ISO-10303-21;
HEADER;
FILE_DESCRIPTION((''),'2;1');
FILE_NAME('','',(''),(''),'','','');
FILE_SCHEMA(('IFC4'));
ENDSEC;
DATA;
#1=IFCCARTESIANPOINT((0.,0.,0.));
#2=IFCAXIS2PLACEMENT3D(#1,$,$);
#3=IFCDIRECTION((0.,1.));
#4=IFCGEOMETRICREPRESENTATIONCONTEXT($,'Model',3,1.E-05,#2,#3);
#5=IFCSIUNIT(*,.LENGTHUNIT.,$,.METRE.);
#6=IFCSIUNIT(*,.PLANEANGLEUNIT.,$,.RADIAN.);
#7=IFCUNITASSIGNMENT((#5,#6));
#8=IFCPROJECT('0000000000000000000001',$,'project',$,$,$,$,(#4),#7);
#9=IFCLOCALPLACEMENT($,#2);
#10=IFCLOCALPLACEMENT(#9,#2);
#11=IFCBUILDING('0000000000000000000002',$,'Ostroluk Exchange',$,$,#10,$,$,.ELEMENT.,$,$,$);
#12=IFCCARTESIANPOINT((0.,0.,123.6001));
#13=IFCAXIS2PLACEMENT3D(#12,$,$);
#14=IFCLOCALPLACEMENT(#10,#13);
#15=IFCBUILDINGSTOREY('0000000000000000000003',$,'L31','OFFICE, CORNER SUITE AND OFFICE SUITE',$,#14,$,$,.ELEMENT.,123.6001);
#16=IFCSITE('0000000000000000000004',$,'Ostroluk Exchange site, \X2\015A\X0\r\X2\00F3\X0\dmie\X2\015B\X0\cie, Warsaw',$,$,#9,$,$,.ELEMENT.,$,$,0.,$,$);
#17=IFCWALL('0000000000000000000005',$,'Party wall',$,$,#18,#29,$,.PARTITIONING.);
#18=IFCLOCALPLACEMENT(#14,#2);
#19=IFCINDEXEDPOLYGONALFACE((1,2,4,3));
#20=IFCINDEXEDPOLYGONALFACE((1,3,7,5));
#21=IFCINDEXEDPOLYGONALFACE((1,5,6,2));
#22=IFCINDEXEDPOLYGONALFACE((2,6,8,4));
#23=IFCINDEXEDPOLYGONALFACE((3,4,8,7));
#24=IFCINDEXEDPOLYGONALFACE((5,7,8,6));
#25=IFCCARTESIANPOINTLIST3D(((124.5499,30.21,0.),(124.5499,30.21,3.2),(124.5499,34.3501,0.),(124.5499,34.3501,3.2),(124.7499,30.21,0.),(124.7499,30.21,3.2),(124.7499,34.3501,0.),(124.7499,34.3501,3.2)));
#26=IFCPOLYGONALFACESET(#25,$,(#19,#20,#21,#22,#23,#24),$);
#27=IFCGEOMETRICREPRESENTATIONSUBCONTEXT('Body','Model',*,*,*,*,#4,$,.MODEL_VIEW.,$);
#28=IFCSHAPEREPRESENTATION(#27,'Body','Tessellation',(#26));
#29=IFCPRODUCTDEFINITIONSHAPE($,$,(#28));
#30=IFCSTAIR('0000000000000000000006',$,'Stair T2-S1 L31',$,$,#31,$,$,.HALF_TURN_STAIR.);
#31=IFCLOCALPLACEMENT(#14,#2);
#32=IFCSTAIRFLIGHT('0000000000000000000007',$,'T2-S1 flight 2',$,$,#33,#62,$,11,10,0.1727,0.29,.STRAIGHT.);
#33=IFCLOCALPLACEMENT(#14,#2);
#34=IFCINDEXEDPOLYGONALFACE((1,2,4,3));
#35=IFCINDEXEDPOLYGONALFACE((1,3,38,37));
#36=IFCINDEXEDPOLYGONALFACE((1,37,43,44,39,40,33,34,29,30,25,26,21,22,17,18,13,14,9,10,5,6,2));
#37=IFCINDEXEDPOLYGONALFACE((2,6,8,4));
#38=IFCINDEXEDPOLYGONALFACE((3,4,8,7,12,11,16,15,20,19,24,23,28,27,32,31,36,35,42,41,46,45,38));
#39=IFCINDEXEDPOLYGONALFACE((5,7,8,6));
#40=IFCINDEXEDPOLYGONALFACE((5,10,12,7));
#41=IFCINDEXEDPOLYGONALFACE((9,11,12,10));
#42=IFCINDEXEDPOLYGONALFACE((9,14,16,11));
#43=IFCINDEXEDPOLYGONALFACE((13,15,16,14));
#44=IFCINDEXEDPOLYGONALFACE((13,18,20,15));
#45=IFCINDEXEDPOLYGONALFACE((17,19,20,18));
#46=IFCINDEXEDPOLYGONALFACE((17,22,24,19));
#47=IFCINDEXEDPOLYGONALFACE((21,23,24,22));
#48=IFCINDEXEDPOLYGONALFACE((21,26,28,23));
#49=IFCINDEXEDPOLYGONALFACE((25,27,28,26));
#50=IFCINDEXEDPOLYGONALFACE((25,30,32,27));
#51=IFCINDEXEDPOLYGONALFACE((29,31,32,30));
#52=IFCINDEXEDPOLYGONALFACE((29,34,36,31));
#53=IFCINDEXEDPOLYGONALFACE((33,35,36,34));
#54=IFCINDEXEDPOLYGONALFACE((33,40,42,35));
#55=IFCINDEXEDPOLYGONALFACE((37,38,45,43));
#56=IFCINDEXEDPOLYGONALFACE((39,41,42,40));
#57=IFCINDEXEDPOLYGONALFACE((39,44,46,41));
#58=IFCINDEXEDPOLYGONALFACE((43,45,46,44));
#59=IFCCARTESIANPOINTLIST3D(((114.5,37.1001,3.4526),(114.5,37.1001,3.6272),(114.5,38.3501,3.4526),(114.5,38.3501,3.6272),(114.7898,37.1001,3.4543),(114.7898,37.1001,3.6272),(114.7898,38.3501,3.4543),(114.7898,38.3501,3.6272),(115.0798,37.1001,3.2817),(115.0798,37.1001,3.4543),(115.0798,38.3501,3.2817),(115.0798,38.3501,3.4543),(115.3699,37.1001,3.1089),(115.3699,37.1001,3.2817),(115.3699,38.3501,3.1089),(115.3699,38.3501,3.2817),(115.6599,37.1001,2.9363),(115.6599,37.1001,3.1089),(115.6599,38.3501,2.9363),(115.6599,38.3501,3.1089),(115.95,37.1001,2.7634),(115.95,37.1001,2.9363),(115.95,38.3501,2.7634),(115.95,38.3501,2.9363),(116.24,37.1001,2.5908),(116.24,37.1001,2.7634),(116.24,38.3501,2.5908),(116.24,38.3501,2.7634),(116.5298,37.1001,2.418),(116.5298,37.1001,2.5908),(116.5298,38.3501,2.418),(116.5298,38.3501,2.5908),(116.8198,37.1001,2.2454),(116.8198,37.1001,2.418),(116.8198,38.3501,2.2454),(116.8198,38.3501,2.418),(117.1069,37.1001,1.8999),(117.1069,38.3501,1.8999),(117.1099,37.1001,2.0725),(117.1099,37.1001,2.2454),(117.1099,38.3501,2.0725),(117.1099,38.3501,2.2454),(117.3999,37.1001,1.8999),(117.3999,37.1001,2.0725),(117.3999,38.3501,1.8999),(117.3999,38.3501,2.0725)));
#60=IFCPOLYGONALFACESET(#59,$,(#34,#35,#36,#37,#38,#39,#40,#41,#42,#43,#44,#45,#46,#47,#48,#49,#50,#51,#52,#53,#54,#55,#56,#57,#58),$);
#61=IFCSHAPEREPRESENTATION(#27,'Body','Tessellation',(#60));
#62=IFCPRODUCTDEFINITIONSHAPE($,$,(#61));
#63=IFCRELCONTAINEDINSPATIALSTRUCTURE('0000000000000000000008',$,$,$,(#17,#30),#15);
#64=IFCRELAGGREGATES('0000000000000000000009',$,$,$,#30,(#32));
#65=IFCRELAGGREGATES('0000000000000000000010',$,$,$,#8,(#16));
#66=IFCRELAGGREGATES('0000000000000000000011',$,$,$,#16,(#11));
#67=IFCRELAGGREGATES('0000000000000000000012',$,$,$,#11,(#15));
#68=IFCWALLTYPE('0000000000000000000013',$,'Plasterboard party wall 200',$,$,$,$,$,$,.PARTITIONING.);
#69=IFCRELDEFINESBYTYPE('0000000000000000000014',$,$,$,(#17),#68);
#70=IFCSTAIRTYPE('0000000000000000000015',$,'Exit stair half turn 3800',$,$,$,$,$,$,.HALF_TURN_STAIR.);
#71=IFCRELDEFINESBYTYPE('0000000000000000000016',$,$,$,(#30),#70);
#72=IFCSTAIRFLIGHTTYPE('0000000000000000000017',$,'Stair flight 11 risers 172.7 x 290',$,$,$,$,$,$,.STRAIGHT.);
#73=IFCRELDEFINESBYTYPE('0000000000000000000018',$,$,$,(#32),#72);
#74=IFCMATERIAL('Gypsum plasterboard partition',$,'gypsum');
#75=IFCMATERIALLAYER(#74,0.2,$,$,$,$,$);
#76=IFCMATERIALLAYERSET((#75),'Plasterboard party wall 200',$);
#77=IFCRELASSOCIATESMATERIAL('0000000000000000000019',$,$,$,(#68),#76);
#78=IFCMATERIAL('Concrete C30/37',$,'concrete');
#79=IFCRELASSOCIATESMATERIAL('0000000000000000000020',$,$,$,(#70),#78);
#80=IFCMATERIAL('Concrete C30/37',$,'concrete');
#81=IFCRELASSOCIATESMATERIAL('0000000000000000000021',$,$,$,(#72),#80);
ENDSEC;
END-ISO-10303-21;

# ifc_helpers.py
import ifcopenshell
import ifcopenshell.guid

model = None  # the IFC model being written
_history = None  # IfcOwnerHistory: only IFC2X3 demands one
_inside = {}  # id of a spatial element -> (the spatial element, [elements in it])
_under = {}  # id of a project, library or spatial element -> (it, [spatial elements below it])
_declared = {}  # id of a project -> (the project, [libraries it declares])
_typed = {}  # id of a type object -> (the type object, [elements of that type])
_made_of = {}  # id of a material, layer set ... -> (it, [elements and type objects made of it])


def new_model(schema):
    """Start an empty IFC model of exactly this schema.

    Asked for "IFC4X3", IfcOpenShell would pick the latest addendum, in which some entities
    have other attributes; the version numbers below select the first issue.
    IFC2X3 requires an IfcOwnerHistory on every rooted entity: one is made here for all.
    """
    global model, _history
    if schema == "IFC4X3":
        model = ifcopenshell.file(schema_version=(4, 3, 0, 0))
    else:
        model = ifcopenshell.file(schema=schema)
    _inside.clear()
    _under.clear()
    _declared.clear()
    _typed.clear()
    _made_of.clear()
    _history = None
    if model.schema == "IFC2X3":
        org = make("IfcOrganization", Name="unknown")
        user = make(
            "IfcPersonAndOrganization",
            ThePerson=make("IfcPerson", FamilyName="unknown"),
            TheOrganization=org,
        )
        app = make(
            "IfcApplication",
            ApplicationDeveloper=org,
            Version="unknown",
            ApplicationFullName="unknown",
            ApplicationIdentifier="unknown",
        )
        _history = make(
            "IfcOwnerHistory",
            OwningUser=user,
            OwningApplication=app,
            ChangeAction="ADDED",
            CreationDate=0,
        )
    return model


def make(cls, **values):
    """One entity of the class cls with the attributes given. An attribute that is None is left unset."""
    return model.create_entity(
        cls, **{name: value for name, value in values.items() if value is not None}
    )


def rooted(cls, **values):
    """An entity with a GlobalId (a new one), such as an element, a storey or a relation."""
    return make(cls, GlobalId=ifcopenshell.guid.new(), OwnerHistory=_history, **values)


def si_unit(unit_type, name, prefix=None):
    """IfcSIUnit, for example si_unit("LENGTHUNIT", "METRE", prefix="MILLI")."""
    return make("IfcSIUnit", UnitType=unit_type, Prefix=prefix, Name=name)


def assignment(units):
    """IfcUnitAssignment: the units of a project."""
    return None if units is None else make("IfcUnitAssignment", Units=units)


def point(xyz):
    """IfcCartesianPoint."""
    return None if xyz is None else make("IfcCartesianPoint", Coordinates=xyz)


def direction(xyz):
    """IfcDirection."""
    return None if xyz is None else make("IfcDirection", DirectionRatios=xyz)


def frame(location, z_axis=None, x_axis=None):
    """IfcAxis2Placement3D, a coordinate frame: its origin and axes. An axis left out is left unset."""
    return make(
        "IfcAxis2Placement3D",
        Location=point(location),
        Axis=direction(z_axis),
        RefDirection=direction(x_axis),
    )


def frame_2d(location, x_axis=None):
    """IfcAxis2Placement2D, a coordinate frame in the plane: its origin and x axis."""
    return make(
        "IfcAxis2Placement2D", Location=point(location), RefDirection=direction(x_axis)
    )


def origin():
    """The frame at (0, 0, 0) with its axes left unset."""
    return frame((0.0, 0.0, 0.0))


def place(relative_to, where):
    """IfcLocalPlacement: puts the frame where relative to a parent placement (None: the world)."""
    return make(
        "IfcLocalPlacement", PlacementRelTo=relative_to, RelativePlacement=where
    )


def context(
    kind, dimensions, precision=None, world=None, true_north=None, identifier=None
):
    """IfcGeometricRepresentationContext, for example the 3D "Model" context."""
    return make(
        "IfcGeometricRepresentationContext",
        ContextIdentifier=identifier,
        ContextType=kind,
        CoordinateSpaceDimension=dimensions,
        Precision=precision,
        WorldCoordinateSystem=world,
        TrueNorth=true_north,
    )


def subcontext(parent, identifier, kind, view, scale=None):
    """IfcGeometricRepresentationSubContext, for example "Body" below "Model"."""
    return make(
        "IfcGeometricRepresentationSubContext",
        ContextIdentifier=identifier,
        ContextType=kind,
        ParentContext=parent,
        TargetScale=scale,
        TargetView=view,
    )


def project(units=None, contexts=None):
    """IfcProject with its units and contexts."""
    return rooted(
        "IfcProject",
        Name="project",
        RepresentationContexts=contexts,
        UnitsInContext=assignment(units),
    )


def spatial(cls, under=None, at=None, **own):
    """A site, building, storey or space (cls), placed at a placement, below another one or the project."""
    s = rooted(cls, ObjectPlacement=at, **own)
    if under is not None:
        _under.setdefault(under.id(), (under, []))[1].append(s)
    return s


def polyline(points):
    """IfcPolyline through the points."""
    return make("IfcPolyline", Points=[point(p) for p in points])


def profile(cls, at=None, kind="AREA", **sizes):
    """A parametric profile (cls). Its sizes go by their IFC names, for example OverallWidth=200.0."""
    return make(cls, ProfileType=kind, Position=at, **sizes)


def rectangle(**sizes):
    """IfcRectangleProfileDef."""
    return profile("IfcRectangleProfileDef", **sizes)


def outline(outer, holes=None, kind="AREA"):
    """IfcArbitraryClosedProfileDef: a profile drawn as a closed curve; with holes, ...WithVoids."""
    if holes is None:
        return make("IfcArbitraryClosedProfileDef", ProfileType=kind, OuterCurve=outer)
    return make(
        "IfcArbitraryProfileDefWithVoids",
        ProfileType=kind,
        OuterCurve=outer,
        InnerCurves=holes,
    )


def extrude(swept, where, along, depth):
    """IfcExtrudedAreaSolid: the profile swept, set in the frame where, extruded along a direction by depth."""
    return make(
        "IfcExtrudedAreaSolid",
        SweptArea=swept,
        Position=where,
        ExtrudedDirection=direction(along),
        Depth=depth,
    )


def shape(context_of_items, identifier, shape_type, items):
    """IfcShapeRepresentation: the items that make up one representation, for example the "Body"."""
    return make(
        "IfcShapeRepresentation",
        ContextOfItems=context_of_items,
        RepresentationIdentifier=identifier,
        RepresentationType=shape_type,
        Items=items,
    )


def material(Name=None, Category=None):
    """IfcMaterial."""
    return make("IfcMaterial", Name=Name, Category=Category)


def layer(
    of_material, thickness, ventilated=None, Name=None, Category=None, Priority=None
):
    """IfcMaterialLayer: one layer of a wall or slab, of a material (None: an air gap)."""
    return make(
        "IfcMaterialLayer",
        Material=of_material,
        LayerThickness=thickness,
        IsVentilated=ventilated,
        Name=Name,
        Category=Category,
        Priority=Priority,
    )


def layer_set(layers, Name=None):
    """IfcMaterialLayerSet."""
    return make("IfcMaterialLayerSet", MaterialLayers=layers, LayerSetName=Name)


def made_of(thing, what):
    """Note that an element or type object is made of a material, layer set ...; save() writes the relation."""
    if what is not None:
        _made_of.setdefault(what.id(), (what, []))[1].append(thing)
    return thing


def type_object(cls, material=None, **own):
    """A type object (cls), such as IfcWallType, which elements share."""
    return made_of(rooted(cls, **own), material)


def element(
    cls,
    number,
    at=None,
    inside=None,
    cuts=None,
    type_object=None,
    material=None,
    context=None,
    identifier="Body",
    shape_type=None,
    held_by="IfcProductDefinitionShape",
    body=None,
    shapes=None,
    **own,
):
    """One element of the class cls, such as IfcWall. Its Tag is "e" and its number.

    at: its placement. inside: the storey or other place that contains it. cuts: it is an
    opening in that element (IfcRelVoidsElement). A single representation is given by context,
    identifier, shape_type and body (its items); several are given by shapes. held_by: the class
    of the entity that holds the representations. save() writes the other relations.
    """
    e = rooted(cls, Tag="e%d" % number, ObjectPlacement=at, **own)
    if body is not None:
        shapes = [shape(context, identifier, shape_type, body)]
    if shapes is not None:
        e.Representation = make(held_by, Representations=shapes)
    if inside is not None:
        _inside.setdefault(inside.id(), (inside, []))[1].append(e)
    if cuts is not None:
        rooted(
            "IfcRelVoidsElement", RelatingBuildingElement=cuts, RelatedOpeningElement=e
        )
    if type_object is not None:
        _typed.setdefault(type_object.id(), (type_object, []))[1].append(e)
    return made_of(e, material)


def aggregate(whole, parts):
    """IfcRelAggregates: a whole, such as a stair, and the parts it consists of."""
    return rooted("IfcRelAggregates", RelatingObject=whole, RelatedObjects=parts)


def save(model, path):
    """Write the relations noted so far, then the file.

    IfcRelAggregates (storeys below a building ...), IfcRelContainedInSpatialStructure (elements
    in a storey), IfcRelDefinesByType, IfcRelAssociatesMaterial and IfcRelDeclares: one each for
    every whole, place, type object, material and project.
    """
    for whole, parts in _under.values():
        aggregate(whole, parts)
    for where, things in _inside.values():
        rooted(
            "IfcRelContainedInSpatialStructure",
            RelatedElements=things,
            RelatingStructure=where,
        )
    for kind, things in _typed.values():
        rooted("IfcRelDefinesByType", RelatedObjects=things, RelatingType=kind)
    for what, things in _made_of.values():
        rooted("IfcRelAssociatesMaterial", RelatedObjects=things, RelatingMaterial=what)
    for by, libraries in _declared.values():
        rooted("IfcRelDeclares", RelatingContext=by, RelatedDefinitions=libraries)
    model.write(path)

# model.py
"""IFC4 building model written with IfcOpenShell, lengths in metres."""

from ifc_helpers import new_model, si_unit, direction, frame, frame_2d, origin, place, context, subcontext, project, spatial, polyline, rectangle, outline, extrude, material, layer, layer_set, type_object, element, aggregate, save


model = new_model("IFC4")

# Units and contexts
model_context = context("Model", 3, precision=1e-05, world=origin(), true_north=direction((0.0, 1.0)))
body_context = subcontext(model_context, "Body", "Model", "MODEL_VIEW")
ifc_project = project(units=[si_unit("LENGTHUNIT", "METRE"), si_unit("PLANEANGLEUNIT", "RADIAN")], contexts=[model_context])

# Site, building, storey
site_placement = place(None, origin())
site = spatial("IfcSite", under=ifc_project, at=site_placement, Name="Ostroluk Exchange site, Śródmieście, Warsaw", CompositionType="ELEMENT", RefElevation=0.0)
building_placement = place(site_placement, origin())
building = spatial("IfcBuilding", under=site, at=building_placement, Name="Ostroluk Exchange", CompositionType="ELEMENT")
storey_placement = place(building_placement, frame((0.0, 0.0, 123.6001)))
storey = spatial("IfcBuildingStorey", under=building, at=storey_placement, Name="L31", Description="OFFICE, CORNER SUITE AND OFFICE SUITE", CompositionType="ELEMENT", Elevation=123.6001)

# Wall
ifc_material_1 = material(Name="Gypsum plasterboard partition", Category="gypsum")
ifc_layer_1 = layer(ifc_material_1, 0.2)
ifc_layer_set_1 = layer_set([ifc_layer_1], Name="Plasterboard party wall 200")
wall_type_1 = type_object("IfcWallType", Name="Plasterboard party wall 200", PredefinedType="PARTITIONING", material=ifc_layer_set_1)
wall_1_placement = place(storey_placement, frame((124.6499, 34.3501, 0.0), z_axis=(0.0, 0.0, 1.0), x_axis=(0.0, -1.0, 0.0)))
element("IfcWall", 1, at=wall_1_placement, inside=storey, type_object=wall_type_1, Name="Party wall", PredefinedType="PARTITIONING", context=body_context, shape_type="SweptSolid", body=[
    extrude(rectangle(XDim=4.1401, YDim=0.2, at=frame_2d((2.0701, 0.0))), origin(), (0.0, 0.0, 1.0), 3.2),
])

# Stair, stair flight
ifc_material_2 = material(Name="Concrete C30/37", Category="concrete")
stair_type = type_object("IfcStairType", Name="Exit stair half turn 3800", PredefinedType="HALF_TURN_STAIR", material=ifc_material_2)
stair_placement = place(storey_placement, origin())
stair = element("IfcStair", 2, at=stair_placement, inside=storey, type_object=stair_type, Name="Stair T2-S1 L31", PredefinedType="HALF_TURN_STAIR")
ifc_material_3 = material(Name="Concrete C30/37", Category="concrete")
stair_flight_type = type_object("IfcStairFlightType", Name="Stair flight 11 risers 172.7 x 290", PredefinedType="STRAIGHT", material=ifc_material_3)
stair_flight_placement = place(storey_placement, frame((117.3999, 37.7251, 1.8999), z_axis=(0.0, 0.0, 1.0), x_axis=(-1.0, 0.0, 0.0)))
stair_flight = element("IfcStairFlight", 3, at=stair_flight_placement, type_object=stair_flight_type, Name="T2-S1 flight 2", NumberOfRisers=11, NumberOfTreads=10, PredefinedType="STRAIGHT", RiserHeight=0.1727, TreadLength=0.29, context=body_context, shape_type="SweptSolid", body=[
    extrude(outline(polyline([(0.0, 0.0), (0.0, 0.1726), (0.29, 0.1726), (0.29, 0.3455), (0.5801, 0.3455), (0.5801, 0.5181), (0.8701, 0.5181), (0.8701, 0.6909), (1.1599, 0.6909), (1.1599, 0.8635), (1.45, 0.8635), (1.45, 1.0364), (1.74, 1.0364), (1.74, 1.209), (2.03, 1.209), (2.03, 1.3818), (2.3201, 1.3818), (2.3201, 1.5544), (2.6101, 1.5544), (2.6101, 1.7273), (2.8999, 1.7273), (2.8999, 1.8999), (2.8999, 1.5527), (0.293, 0.0), (0.0, 0.0)])), frame((0.0, 0.625, 0.0), z_axis=(0.0, -1.0, 0.0), x_axis=(1.0, 0.0, 0.0)), (0.0, 0.0, 1.0), 1.25),
])
aggregate(stair, [stair_flight])

save(model, "model.ifc")
